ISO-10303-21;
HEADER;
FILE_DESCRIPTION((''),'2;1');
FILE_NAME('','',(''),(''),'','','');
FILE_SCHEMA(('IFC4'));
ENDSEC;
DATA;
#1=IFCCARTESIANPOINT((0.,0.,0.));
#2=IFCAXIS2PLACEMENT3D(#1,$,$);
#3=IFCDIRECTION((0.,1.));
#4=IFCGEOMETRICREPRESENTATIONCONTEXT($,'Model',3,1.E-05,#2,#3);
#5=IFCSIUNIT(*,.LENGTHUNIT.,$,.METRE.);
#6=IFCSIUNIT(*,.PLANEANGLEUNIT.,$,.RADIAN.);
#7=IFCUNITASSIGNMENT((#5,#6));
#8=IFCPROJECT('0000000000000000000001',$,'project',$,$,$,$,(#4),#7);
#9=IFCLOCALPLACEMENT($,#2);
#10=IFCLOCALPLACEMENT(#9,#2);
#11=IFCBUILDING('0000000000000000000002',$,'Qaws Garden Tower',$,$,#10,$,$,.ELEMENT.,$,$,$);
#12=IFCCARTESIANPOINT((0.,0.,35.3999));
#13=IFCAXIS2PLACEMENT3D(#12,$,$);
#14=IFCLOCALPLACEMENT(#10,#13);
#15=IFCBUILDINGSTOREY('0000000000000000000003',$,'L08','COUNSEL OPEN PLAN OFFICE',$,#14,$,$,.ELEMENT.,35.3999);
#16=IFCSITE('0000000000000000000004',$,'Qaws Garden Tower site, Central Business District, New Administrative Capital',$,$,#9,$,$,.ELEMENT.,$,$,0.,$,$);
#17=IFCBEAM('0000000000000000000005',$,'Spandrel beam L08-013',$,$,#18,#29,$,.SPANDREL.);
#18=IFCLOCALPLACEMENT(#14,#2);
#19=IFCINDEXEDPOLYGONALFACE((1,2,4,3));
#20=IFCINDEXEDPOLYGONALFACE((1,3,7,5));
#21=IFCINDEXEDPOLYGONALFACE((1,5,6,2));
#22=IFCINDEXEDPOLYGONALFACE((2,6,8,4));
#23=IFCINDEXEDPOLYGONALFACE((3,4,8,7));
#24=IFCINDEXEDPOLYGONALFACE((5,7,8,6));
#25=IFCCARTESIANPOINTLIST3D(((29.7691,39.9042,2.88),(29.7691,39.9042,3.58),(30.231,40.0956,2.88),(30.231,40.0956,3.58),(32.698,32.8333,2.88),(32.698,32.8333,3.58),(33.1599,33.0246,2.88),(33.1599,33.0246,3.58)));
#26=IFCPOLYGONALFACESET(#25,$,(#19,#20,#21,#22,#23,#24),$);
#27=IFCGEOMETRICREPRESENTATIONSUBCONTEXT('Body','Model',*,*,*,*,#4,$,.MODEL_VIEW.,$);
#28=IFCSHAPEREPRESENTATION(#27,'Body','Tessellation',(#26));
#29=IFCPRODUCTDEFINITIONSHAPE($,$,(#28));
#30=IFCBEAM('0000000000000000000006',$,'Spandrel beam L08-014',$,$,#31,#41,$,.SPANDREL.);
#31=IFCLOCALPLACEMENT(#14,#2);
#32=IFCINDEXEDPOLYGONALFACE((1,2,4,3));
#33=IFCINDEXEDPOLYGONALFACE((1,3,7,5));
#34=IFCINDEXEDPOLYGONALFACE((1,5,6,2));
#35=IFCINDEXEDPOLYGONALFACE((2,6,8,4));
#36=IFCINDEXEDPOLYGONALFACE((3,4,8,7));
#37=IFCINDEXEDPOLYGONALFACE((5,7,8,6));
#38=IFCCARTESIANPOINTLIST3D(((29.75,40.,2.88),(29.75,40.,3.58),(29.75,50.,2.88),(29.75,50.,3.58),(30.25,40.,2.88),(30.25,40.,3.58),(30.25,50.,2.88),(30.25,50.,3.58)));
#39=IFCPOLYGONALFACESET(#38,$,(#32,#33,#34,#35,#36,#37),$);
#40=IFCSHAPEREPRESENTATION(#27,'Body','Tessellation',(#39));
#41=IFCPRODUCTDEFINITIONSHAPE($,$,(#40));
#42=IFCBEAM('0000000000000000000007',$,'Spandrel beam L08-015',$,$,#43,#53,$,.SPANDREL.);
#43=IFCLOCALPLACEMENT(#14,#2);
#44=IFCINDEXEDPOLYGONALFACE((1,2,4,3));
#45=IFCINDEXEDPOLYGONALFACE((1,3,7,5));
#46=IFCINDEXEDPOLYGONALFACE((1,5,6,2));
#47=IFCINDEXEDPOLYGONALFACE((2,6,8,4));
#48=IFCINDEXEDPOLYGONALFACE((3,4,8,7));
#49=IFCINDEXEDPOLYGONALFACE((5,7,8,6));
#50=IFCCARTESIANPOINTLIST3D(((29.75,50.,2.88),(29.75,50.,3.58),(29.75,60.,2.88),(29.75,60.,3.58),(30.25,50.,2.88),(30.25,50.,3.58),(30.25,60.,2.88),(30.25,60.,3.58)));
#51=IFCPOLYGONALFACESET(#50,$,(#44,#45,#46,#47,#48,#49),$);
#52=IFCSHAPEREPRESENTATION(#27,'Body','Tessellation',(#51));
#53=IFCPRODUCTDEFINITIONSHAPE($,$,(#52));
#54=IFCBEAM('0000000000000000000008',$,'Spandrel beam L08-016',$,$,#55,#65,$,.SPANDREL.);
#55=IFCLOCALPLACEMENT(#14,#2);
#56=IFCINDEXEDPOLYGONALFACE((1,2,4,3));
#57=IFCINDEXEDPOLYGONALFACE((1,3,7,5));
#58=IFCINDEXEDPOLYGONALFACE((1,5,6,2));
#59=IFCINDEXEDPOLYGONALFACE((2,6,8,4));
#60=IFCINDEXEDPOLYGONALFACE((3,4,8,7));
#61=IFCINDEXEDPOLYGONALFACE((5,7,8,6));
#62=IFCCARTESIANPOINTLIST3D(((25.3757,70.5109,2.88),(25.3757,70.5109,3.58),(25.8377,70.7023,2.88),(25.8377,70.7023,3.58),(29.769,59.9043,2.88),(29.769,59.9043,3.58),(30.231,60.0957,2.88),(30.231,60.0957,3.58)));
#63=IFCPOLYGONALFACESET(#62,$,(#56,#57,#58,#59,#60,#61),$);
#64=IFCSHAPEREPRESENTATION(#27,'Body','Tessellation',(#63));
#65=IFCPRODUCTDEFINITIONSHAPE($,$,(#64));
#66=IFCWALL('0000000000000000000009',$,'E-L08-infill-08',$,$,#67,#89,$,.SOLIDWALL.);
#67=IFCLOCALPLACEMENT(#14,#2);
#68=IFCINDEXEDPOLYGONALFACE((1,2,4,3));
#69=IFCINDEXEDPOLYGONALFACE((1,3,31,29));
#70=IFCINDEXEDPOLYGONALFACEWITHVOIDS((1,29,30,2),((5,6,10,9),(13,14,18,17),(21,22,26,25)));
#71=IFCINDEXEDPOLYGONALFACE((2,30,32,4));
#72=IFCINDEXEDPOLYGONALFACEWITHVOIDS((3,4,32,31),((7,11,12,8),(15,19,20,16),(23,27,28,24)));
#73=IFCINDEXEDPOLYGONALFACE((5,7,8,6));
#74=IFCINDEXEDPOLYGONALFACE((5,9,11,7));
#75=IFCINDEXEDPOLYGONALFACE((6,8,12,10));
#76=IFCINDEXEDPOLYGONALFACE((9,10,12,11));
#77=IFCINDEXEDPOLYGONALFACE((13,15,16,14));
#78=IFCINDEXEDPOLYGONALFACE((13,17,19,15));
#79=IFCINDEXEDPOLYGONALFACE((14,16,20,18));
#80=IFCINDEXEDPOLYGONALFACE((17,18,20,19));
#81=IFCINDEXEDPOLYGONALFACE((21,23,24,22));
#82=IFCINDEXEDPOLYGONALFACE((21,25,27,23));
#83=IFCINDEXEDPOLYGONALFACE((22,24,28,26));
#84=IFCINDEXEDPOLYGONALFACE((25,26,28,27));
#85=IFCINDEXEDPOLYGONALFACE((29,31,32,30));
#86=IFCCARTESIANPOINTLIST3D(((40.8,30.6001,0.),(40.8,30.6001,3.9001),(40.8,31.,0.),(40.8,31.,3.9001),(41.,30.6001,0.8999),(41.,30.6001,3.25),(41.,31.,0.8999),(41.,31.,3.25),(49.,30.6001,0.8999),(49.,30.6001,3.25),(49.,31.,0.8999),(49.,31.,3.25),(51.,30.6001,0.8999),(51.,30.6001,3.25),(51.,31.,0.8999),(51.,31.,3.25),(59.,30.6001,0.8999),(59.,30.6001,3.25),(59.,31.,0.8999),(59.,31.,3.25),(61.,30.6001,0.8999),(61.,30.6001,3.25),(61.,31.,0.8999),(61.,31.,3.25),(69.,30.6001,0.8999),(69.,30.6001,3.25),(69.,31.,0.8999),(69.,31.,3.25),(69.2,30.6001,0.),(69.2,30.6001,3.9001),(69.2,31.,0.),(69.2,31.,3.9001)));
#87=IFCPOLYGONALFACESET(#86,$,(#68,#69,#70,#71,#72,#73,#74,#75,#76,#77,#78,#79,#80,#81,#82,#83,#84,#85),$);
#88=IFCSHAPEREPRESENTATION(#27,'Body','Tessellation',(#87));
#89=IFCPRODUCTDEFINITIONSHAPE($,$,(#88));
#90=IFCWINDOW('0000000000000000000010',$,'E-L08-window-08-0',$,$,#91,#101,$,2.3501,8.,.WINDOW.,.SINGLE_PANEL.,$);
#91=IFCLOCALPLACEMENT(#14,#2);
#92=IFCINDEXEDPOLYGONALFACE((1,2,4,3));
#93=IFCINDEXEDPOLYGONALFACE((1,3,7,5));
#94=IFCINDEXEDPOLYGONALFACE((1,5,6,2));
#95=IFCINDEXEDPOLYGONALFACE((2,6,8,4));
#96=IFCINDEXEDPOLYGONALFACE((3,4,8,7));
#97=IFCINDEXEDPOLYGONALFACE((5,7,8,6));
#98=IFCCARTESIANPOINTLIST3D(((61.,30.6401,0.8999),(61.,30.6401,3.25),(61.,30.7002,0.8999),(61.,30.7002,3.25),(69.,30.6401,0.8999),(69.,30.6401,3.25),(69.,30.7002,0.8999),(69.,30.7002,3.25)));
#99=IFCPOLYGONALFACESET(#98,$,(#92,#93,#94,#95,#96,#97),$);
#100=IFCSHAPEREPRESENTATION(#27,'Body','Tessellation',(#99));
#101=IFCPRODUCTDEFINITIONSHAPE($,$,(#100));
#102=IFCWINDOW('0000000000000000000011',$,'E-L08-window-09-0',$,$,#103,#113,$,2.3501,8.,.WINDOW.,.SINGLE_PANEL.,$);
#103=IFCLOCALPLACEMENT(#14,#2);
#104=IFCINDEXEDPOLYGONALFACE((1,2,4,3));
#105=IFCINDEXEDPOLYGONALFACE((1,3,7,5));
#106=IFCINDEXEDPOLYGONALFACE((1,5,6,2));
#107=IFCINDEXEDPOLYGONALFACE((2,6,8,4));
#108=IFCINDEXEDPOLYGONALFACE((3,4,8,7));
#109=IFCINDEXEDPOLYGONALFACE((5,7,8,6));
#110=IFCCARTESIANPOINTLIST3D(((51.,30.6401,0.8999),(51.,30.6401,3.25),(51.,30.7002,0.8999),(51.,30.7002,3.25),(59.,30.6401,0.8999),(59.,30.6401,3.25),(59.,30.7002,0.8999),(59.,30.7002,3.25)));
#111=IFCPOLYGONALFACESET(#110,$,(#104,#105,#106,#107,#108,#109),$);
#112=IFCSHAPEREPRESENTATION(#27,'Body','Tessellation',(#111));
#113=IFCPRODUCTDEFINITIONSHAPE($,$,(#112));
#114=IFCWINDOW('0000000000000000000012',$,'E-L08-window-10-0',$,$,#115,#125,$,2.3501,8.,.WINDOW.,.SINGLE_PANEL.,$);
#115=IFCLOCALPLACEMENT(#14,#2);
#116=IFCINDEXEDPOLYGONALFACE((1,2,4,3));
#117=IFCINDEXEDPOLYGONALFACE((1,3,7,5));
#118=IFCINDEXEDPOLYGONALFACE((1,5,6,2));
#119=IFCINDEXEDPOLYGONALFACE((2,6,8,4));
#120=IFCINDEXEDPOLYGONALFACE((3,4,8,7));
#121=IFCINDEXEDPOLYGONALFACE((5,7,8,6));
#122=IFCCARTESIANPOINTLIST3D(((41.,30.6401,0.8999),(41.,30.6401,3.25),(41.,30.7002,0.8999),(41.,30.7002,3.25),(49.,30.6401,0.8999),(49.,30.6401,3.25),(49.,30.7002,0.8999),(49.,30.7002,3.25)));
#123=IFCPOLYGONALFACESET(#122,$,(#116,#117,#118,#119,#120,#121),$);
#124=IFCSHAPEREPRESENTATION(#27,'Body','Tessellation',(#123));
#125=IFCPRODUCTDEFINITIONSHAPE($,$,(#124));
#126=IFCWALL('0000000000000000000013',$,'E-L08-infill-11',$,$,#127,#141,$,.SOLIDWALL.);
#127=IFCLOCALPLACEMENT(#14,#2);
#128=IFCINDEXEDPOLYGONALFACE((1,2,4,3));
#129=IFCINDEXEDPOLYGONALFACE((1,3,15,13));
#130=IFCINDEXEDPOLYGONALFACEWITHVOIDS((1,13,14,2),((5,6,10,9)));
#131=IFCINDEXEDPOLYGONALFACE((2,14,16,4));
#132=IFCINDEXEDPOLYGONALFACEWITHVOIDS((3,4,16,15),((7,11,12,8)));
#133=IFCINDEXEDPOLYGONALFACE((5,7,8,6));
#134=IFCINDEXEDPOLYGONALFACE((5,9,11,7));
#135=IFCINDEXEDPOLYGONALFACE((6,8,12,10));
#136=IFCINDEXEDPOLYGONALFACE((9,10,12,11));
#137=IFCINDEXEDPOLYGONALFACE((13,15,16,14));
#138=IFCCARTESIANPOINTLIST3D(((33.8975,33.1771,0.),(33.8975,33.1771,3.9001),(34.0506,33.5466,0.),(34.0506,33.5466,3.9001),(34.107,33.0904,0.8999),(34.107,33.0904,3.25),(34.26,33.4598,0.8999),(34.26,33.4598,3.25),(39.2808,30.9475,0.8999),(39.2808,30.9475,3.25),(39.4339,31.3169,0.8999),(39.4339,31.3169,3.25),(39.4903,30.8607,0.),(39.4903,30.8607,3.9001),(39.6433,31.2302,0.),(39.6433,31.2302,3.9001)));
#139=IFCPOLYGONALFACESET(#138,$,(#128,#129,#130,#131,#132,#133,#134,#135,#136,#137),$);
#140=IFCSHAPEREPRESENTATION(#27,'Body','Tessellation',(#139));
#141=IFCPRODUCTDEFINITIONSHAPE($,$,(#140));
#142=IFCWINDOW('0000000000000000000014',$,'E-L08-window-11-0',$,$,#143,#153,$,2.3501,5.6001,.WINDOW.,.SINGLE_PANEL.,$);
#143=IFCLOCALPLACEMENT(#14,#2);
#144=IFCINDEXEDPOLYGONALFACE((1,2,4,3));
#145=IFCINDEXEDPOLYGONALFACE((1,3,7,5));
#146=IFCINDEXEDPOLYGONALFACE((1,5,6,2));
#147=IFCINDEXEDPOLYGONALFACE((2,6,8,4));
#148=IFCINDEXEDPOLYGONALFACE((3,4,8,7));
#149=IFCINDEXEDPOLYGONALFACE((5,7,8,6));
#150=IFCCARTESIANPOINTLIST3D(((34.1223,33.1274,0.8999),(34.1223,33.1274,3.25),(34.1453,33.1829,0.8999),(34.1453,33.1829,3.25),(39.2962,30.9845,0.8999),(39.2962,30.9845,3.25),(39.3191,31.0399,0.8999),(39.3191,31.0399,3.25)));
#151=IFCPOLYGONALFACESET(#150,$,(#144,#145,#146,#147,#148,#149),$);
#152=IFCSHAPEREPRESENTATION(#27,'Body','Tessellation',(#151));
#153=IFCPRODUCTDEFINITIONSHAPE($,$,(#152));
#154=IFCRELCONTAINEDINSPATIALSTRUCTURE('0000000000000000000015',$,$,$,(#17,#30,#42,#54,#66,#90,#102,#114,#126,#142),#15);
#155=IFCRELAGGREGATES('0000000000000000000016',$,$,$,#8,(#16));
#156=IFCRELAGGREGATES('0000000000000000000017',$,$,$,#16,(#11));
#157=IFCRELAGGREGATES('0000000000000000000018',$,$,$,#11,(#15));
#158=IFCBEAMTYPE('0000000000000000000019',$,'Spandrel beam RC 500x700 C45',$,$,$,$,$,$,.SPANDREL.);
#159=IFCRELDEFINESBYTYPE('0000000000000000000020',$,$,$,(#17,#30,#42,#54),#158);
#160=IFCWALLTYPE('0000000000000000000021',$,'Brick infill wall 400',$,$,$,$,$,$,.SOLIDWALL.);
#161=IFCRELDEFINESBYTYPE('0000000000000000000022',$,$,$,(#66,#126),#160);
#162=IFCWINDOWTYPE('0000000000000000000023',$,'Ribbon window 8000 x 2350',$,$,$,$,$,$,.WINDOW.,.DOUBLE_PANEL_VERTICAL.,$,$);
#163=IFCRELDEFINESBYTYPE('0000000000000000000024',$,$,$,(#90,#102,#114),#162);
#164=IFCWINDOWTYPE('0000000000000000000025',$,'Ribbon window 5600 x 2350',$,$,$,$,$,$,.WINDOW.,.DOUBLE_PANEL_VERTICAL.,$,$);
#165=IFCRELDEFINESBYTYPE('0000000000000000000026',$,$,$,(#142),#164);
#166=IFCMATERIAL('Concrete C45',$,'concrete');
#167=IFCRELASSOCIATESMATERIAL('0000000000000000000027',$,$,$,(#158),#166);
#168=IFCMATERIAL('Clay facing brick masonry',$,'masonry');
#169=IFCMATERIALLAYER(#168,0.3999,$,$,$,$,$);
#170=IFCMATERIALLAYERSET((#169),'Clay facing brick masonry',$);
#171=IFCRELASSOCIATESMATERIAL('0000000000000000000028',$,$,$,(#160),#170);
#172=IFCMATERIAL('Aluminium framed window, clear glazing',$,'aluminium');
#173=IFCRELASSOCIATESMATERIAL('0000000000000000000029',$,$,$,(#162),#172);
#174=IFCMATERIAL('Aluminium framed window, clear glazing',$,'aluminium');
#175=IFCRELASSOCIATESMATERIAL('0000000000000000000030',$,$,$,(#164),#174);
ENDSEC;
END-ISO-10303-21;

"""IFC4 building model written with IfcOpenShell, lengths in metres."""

from ifc_helpers import new_model, si_unit, direction, frame, frame_2d, origin, origin_2d, place, context, subcontext, project, spatial, rectangle, extrude, material, layer, layer_set, material_profile, profile_set, type_object, element, fill, save


model = new_model("IFC4")

# Units and contexts
model_context = context("Model", 3, precision=1e-05, world=origin(), true_north=direction((0.0, 1.0)))
body_context = subcontext(model_context, "Body", "Model", "MODEL_VIEW")
ifc_project = project(units=[si_unit("LENGTHUNIT", "METRE"), si_unit("PLANEANGLEUNIT", "RADIAN")], contexts=[model_context])

# Site, building, storey
site_placement = place(None, origin())
site = spatial("IfcSite", under=ifc_project, at=site_placement, Name="Qaws Garden Tower site, Central Business District, New Administrative Capital", CompositionType="ELEMENT", RefElevation=0.0)
building_placement = place(site_placement, origin())
building = spatial("IfcBuilding", under=site, at=building_placement, Name="Qaws Garden Tower", CompositionType="ELEMENT")
storey_placement = place(building_placement, frame((0.0, 0.0, 35.3999)))
storey = spatial("IfcBuildingStorey", under=building, at=storey_placement, Name="L08", Description="COUNSEL OPEN PLAN OFFICE", CompositionType="ELEMENT", Elevation=35.3999)

# Beams
ifc_material_1 = material(Name="Concrete C45", Category="concrete")
ifc_material_profile_1 = material_profile(ifc_material_1, rectangle(XDim=0.5, YDim=0.7, at=origin_2d()), Name="RC 500x700")
ifc_profile_set_1 = profile_set([ifc_material_profile_1], Name="Concrete C45")
beam_type = type_object("IfcBeamType", Name="Spandrel beam RC 500x700 C45", PredefinedType="SPANDREL", material=ifc_profile_set_1)
beam_1_placement = place(storey_placement, frame((32.929, 32.929, 3.23), z_axis=(-0.382687, 0.923878, 0.0), x_axis=(-0.923878, -0.382687, 0.0)))
element("IfcBeam", 1, at=beam_1_placement, inside=storey, type_object=beam_type, Name="Spandrel beam L08-013", PredefinedType="SPANDREL", context=body_context, shape_type="SweptSolid", body=[
    extrude(rectangle(XDim=0.5, YDim=0.7, at=origin_2d()), origin(), (0.0, 0.0, 1.0), 7.6536),
])
for number, where, z_axis, x_axis, name in (
    (2, (30.0, 40.0, 3.23), (0.0, 1.0, 0.0), (-1.0, 0.0, 0.0), "Spandrel beam L08-014"),
    (3, (30.0, 50.0, 3.23), (0.0, 1.0, 0.0), (-1.0, 0.0, 0.0), "Spandrel beam L08-015"),
):
    element("IfcBeam", number, at=place(storey_placement, frame(where, z_axis=z_axis, x_axis=x_axis)), inside=storey, type_object=beam_type, Name=name, PredefinedType="SPANDREL", context=body_context, shape_type="SweptSolid", body=[
        extrude(rectangle(XDim=0.5, YDim=0.7, at=origin_2d()), origin(), (0.0, 0.0, 1.0), 10.0),
    ])
beam_2_placement = place(storey_placement, frame((30.0, 60.0, 3.23), z_axis=(-0.382674, 0.923883, 0.0), x_axis=(-0.923883, -0.382674, 0.0)))
element("IfcBeam", 4, at=beam_2_placement, inside=storey, type_object=beam_type, Name="Spandrel beam L08-016", PredefinedType="SPANDREL", context=body_context, shape_type="SweptSolid", body=[
    extrude(rectangle(XDim=0.5, YDim=0.7, at=origin_2d()), origin(), (0.0, 0.0, 1.0), 11.4805),
])

# Wall, openings, windows
ifc_material_2 = material(Name="Clay facing brick masonry", Category="masonry")
ifc_layer_1 = layer(ifc_material_2, 0.3999)
ifc_layer_set_1 = layer_set([ifc_layer_1], Name="Clay facing brick masonry")
wall_type_1 = type_object("IfcWallType", Name="Brick infill wall 400", PredefinedType="SOLIDWALL", material=ifc_layer_set_1)
wall_1_placement = place(storey_placement, frame((69.2, 30.8, 0.0), z_axis=(0.0, 0.0, 1.0), x_axis=(-1.0, 0.0, 0.0)))
wall_1 = element("IfcWall", 5, at=wall_1_placement, inside=storey, type_object=wall_type_1, Name="E-L08-infill-08", PredefinedType="SOLIDWALL", context=body_context, shape_type="SweptSolid", body=[
    extrude(rectangle(XDim=28.3999, YDim=0.3999, at=frame_2d((14.2, 0.0))), origin(), (0.0, 0.0, 1.0), 3.9001),
])
opening_1_placement = place(wall_1_placement, frame((0.2, 0.0, 0.8999)))
opening_1 = element("IfcOpeningElement", 6, at=opening_1_placement, cuts=wall_1, PredefinedType="OPENING", context=body_context, shape_type="SweptSolid", body=[
    extrude(rectangle(XDim=8.0, YDim=2.3501, at=frame_2d((4.0, 1.175))), frame((0.0, 0.21, 0.0), z_axis=(0.0, -1.0, 0.0), x_axis=(1.0, 0.0, 0.0)), (0.0, 0.0, 1.0), 0.4199),
])
opening_2_placement = place(wall_1_placement, frame((10.2, 0.0, 0.8999)))
opening_2 = element("IfcOpeningElement", 7, at=opening_2_placement, cuts=wall_1, PredefinedType="OPENING", context=body_context, shape_type="SweptSolid", body=[
    extrude(rectangle(XDim=8.0, YDim=2.3501, at=frame_2d((4.0, 1.175))), frame((0.0, 0.21, 0.0), z_axis=(0.0, -1.0, 0.0), x_axis=(1.0, 0.0, 0.0)), (0.0, 0.0, 1.0), 0.4199),
])
opening_3_placement = place(wall_1_placement, frame((20.2, 0.0, 0.8999)))
opening_3 = element("IfcOpeningElement", 8, at=opening_3_placement, cuts=wall_1, PredefinedType="OPENING", context=body_context, shape_type="SweptSolid", body=[
    extrude(rectangle(XDim=8.0, YDim=2.3501, at=frame_2d((4.0, 1.175))), frame((0.0, 0.21, 0.0), z_axis=(0.0, -1.0, 0.0), x_axis=(1.0, 0.0, 0.0)), (0.0, 0.0, 1.0), 0.4199),
])
ifc_material_3 = material(Name="Aluminium framed window, clear glazing", Category="aluminium")
window_type_1 = type_object("IfcWindowType", Name="Ribbon window 8000 x 2350", PartitioningType="DOUBLE_PANEL_VERTICAL", PredefinedType="WINDOW", material=ifc_material_3)
window_1_placement = place(opening_1_placement, origin())
window_1 = element("IfcWindow", 9, at=window_1_placement, inside=storey, type_object=window_type_1, Name="E-L08-window-08-0", OverallHeight=2.3501, OverallWidth=8.0, PartitioningType="SINGLE_PANEL", PredefinedType="WINDOW", context=body_context, shape_type="SweptSolid", body=[
    extrude(rectangle(XDim=8.0, YDim=2.3501, at=frame_2d((4.0, 1.175))), frame((0.0, 0.1599, 0.0), z_axis=(0.0, -1.0, 0.0), x_axis=(1.0, 0.0, 0.0)), (0.0, 0.0, 1.0), 0.0601),
])
fill(opening_1, window_1)
window_2_placement = place(opening_2_placement, origin())
window_2 = element("IfcWindow", 10, at=window_2_placement, inside=storey, type_object=window_type_1, Name="E-L08-window-09-0", OverallHeight=2.3501, OverallWidth=8.0, PartitioningType="SINGLE_PANEL", PredefinedType="WINDOW", context=body_context, shape_type="SweptSolid", body=[
    extrude(rectangle(XDim=8.0, YDim=2.3501, at=frame_2d((4.0, 1.175))), frame((0.0, 0.1599, 0.0), z_axis=(0.0, -1.0, 0.0), x_axis=(1.0, 0.0, 0.0)), (0.0, 0.0, 1.0), 0.0601),
])
fill(opening_2, window_2)
window_3_placement = place(opening_3_placement, origin())
window_3 = element("IfcWindow", 11, at=window_3_placement, inside=storey, type_object=window_type_1, Name="E-L08-window-10-0", OverallHeight=2.3501, OverallWidth=8.0, PartitioningType="SINGLE_PANEL", PredefinedType="WINDOW", context=body_context, shape_type="SweptSolid", body=[
    extrude(rectangle(XDim=8.0, YDim=2.3501, at=frame_2d((4.0, 1.175))), frame((0.0, 0.1599, 0.0), z_axis=(0.0, -1.0, 0.0), x_axis=(1.0, 0.0, 0.0)), (0.0, 0.0, 1.0), 0.0601),
])
fill(opening_3, window_3)

# Wall, opening, window
wall_2_placement = place(storey_placement, frame((39.5669, 31.0454, 0.0), z_axis=(0.0, 0.0, 1.0), x_axis=(-0.923891, 0.382656, 0.0)))
wall_2 = element("IfcWall", 12, at=wall_2_placement, inside=storey, type_object=wall_type_1, Name="E-L08-infill-11", PredefinedType="SOLIDWALL", context=body_context, shape_type="SweptSolid", body=[
    extrude(rectangle(XDim=6.0535, YDim=0.3999, at=frame_2d((3.0269, 0.0))), origin(), (0.0, 0.0, 1.0), 3.9001),
])
opening_4_placement = place(wall_2_placement, frame((0.2268, 0.0, 0.8999)))
opening_4 = element("IfcOpeningElement", 13, at=opening_4_placement, cuts=wall_2, PredefinedType="OPENING", context=body_context, shape_type="SweptSolid", body=[
    extrude(rectangle(XDim=5.6001, YDim=2.3501, at=frame_2d((2.8, 1.175))), frame((0.0, 0.21, 0.0), z_axis=(0.0, -1.0, 0.0), x_axis=(1.0, 0.0, 0.0)), (0.0, 0.0, 1.0), 0.4199),
])
ifc_material_4 = material(Name="Aluminium framed window, clear glazing", Category="aluminium")
window_type_2 = type_object("IfcWindowType", Name="Ribbon window 5600 x 2350", PartitioningType="DOUBLE_PANEL_VERTICAL", PredefinedType="WINDOW", material=ifc_material_4)
window_4_placement = place(opening_4_placement, origin())
window_4 = element("IfcWindow", 14, at=window_4_placement, inside=storey, type_object=window_type_2, Name="E-L08-window-11-0", OverallHeight=2.3501, OverallWidth=5.6001, PartitioningType="SINGLE_PANEL", PredefinedType="WINDOW", context=body_context, shape_type="SweptSolid", body=[
    extrude(rectangle(XDim=5.6001, YDim=2.3501, at=frame_2d((2.8, 1.175))), frame((0.0, 0.1599, 0.0), z_axis=(0.0, -1.0, 0.0), x_axis=(1.0, 0.0, 0.0)), (0.0, 0.0, 1.0), 0.0601),
])
fill(opening_4, window_4)

save(model, "model.ifc")
